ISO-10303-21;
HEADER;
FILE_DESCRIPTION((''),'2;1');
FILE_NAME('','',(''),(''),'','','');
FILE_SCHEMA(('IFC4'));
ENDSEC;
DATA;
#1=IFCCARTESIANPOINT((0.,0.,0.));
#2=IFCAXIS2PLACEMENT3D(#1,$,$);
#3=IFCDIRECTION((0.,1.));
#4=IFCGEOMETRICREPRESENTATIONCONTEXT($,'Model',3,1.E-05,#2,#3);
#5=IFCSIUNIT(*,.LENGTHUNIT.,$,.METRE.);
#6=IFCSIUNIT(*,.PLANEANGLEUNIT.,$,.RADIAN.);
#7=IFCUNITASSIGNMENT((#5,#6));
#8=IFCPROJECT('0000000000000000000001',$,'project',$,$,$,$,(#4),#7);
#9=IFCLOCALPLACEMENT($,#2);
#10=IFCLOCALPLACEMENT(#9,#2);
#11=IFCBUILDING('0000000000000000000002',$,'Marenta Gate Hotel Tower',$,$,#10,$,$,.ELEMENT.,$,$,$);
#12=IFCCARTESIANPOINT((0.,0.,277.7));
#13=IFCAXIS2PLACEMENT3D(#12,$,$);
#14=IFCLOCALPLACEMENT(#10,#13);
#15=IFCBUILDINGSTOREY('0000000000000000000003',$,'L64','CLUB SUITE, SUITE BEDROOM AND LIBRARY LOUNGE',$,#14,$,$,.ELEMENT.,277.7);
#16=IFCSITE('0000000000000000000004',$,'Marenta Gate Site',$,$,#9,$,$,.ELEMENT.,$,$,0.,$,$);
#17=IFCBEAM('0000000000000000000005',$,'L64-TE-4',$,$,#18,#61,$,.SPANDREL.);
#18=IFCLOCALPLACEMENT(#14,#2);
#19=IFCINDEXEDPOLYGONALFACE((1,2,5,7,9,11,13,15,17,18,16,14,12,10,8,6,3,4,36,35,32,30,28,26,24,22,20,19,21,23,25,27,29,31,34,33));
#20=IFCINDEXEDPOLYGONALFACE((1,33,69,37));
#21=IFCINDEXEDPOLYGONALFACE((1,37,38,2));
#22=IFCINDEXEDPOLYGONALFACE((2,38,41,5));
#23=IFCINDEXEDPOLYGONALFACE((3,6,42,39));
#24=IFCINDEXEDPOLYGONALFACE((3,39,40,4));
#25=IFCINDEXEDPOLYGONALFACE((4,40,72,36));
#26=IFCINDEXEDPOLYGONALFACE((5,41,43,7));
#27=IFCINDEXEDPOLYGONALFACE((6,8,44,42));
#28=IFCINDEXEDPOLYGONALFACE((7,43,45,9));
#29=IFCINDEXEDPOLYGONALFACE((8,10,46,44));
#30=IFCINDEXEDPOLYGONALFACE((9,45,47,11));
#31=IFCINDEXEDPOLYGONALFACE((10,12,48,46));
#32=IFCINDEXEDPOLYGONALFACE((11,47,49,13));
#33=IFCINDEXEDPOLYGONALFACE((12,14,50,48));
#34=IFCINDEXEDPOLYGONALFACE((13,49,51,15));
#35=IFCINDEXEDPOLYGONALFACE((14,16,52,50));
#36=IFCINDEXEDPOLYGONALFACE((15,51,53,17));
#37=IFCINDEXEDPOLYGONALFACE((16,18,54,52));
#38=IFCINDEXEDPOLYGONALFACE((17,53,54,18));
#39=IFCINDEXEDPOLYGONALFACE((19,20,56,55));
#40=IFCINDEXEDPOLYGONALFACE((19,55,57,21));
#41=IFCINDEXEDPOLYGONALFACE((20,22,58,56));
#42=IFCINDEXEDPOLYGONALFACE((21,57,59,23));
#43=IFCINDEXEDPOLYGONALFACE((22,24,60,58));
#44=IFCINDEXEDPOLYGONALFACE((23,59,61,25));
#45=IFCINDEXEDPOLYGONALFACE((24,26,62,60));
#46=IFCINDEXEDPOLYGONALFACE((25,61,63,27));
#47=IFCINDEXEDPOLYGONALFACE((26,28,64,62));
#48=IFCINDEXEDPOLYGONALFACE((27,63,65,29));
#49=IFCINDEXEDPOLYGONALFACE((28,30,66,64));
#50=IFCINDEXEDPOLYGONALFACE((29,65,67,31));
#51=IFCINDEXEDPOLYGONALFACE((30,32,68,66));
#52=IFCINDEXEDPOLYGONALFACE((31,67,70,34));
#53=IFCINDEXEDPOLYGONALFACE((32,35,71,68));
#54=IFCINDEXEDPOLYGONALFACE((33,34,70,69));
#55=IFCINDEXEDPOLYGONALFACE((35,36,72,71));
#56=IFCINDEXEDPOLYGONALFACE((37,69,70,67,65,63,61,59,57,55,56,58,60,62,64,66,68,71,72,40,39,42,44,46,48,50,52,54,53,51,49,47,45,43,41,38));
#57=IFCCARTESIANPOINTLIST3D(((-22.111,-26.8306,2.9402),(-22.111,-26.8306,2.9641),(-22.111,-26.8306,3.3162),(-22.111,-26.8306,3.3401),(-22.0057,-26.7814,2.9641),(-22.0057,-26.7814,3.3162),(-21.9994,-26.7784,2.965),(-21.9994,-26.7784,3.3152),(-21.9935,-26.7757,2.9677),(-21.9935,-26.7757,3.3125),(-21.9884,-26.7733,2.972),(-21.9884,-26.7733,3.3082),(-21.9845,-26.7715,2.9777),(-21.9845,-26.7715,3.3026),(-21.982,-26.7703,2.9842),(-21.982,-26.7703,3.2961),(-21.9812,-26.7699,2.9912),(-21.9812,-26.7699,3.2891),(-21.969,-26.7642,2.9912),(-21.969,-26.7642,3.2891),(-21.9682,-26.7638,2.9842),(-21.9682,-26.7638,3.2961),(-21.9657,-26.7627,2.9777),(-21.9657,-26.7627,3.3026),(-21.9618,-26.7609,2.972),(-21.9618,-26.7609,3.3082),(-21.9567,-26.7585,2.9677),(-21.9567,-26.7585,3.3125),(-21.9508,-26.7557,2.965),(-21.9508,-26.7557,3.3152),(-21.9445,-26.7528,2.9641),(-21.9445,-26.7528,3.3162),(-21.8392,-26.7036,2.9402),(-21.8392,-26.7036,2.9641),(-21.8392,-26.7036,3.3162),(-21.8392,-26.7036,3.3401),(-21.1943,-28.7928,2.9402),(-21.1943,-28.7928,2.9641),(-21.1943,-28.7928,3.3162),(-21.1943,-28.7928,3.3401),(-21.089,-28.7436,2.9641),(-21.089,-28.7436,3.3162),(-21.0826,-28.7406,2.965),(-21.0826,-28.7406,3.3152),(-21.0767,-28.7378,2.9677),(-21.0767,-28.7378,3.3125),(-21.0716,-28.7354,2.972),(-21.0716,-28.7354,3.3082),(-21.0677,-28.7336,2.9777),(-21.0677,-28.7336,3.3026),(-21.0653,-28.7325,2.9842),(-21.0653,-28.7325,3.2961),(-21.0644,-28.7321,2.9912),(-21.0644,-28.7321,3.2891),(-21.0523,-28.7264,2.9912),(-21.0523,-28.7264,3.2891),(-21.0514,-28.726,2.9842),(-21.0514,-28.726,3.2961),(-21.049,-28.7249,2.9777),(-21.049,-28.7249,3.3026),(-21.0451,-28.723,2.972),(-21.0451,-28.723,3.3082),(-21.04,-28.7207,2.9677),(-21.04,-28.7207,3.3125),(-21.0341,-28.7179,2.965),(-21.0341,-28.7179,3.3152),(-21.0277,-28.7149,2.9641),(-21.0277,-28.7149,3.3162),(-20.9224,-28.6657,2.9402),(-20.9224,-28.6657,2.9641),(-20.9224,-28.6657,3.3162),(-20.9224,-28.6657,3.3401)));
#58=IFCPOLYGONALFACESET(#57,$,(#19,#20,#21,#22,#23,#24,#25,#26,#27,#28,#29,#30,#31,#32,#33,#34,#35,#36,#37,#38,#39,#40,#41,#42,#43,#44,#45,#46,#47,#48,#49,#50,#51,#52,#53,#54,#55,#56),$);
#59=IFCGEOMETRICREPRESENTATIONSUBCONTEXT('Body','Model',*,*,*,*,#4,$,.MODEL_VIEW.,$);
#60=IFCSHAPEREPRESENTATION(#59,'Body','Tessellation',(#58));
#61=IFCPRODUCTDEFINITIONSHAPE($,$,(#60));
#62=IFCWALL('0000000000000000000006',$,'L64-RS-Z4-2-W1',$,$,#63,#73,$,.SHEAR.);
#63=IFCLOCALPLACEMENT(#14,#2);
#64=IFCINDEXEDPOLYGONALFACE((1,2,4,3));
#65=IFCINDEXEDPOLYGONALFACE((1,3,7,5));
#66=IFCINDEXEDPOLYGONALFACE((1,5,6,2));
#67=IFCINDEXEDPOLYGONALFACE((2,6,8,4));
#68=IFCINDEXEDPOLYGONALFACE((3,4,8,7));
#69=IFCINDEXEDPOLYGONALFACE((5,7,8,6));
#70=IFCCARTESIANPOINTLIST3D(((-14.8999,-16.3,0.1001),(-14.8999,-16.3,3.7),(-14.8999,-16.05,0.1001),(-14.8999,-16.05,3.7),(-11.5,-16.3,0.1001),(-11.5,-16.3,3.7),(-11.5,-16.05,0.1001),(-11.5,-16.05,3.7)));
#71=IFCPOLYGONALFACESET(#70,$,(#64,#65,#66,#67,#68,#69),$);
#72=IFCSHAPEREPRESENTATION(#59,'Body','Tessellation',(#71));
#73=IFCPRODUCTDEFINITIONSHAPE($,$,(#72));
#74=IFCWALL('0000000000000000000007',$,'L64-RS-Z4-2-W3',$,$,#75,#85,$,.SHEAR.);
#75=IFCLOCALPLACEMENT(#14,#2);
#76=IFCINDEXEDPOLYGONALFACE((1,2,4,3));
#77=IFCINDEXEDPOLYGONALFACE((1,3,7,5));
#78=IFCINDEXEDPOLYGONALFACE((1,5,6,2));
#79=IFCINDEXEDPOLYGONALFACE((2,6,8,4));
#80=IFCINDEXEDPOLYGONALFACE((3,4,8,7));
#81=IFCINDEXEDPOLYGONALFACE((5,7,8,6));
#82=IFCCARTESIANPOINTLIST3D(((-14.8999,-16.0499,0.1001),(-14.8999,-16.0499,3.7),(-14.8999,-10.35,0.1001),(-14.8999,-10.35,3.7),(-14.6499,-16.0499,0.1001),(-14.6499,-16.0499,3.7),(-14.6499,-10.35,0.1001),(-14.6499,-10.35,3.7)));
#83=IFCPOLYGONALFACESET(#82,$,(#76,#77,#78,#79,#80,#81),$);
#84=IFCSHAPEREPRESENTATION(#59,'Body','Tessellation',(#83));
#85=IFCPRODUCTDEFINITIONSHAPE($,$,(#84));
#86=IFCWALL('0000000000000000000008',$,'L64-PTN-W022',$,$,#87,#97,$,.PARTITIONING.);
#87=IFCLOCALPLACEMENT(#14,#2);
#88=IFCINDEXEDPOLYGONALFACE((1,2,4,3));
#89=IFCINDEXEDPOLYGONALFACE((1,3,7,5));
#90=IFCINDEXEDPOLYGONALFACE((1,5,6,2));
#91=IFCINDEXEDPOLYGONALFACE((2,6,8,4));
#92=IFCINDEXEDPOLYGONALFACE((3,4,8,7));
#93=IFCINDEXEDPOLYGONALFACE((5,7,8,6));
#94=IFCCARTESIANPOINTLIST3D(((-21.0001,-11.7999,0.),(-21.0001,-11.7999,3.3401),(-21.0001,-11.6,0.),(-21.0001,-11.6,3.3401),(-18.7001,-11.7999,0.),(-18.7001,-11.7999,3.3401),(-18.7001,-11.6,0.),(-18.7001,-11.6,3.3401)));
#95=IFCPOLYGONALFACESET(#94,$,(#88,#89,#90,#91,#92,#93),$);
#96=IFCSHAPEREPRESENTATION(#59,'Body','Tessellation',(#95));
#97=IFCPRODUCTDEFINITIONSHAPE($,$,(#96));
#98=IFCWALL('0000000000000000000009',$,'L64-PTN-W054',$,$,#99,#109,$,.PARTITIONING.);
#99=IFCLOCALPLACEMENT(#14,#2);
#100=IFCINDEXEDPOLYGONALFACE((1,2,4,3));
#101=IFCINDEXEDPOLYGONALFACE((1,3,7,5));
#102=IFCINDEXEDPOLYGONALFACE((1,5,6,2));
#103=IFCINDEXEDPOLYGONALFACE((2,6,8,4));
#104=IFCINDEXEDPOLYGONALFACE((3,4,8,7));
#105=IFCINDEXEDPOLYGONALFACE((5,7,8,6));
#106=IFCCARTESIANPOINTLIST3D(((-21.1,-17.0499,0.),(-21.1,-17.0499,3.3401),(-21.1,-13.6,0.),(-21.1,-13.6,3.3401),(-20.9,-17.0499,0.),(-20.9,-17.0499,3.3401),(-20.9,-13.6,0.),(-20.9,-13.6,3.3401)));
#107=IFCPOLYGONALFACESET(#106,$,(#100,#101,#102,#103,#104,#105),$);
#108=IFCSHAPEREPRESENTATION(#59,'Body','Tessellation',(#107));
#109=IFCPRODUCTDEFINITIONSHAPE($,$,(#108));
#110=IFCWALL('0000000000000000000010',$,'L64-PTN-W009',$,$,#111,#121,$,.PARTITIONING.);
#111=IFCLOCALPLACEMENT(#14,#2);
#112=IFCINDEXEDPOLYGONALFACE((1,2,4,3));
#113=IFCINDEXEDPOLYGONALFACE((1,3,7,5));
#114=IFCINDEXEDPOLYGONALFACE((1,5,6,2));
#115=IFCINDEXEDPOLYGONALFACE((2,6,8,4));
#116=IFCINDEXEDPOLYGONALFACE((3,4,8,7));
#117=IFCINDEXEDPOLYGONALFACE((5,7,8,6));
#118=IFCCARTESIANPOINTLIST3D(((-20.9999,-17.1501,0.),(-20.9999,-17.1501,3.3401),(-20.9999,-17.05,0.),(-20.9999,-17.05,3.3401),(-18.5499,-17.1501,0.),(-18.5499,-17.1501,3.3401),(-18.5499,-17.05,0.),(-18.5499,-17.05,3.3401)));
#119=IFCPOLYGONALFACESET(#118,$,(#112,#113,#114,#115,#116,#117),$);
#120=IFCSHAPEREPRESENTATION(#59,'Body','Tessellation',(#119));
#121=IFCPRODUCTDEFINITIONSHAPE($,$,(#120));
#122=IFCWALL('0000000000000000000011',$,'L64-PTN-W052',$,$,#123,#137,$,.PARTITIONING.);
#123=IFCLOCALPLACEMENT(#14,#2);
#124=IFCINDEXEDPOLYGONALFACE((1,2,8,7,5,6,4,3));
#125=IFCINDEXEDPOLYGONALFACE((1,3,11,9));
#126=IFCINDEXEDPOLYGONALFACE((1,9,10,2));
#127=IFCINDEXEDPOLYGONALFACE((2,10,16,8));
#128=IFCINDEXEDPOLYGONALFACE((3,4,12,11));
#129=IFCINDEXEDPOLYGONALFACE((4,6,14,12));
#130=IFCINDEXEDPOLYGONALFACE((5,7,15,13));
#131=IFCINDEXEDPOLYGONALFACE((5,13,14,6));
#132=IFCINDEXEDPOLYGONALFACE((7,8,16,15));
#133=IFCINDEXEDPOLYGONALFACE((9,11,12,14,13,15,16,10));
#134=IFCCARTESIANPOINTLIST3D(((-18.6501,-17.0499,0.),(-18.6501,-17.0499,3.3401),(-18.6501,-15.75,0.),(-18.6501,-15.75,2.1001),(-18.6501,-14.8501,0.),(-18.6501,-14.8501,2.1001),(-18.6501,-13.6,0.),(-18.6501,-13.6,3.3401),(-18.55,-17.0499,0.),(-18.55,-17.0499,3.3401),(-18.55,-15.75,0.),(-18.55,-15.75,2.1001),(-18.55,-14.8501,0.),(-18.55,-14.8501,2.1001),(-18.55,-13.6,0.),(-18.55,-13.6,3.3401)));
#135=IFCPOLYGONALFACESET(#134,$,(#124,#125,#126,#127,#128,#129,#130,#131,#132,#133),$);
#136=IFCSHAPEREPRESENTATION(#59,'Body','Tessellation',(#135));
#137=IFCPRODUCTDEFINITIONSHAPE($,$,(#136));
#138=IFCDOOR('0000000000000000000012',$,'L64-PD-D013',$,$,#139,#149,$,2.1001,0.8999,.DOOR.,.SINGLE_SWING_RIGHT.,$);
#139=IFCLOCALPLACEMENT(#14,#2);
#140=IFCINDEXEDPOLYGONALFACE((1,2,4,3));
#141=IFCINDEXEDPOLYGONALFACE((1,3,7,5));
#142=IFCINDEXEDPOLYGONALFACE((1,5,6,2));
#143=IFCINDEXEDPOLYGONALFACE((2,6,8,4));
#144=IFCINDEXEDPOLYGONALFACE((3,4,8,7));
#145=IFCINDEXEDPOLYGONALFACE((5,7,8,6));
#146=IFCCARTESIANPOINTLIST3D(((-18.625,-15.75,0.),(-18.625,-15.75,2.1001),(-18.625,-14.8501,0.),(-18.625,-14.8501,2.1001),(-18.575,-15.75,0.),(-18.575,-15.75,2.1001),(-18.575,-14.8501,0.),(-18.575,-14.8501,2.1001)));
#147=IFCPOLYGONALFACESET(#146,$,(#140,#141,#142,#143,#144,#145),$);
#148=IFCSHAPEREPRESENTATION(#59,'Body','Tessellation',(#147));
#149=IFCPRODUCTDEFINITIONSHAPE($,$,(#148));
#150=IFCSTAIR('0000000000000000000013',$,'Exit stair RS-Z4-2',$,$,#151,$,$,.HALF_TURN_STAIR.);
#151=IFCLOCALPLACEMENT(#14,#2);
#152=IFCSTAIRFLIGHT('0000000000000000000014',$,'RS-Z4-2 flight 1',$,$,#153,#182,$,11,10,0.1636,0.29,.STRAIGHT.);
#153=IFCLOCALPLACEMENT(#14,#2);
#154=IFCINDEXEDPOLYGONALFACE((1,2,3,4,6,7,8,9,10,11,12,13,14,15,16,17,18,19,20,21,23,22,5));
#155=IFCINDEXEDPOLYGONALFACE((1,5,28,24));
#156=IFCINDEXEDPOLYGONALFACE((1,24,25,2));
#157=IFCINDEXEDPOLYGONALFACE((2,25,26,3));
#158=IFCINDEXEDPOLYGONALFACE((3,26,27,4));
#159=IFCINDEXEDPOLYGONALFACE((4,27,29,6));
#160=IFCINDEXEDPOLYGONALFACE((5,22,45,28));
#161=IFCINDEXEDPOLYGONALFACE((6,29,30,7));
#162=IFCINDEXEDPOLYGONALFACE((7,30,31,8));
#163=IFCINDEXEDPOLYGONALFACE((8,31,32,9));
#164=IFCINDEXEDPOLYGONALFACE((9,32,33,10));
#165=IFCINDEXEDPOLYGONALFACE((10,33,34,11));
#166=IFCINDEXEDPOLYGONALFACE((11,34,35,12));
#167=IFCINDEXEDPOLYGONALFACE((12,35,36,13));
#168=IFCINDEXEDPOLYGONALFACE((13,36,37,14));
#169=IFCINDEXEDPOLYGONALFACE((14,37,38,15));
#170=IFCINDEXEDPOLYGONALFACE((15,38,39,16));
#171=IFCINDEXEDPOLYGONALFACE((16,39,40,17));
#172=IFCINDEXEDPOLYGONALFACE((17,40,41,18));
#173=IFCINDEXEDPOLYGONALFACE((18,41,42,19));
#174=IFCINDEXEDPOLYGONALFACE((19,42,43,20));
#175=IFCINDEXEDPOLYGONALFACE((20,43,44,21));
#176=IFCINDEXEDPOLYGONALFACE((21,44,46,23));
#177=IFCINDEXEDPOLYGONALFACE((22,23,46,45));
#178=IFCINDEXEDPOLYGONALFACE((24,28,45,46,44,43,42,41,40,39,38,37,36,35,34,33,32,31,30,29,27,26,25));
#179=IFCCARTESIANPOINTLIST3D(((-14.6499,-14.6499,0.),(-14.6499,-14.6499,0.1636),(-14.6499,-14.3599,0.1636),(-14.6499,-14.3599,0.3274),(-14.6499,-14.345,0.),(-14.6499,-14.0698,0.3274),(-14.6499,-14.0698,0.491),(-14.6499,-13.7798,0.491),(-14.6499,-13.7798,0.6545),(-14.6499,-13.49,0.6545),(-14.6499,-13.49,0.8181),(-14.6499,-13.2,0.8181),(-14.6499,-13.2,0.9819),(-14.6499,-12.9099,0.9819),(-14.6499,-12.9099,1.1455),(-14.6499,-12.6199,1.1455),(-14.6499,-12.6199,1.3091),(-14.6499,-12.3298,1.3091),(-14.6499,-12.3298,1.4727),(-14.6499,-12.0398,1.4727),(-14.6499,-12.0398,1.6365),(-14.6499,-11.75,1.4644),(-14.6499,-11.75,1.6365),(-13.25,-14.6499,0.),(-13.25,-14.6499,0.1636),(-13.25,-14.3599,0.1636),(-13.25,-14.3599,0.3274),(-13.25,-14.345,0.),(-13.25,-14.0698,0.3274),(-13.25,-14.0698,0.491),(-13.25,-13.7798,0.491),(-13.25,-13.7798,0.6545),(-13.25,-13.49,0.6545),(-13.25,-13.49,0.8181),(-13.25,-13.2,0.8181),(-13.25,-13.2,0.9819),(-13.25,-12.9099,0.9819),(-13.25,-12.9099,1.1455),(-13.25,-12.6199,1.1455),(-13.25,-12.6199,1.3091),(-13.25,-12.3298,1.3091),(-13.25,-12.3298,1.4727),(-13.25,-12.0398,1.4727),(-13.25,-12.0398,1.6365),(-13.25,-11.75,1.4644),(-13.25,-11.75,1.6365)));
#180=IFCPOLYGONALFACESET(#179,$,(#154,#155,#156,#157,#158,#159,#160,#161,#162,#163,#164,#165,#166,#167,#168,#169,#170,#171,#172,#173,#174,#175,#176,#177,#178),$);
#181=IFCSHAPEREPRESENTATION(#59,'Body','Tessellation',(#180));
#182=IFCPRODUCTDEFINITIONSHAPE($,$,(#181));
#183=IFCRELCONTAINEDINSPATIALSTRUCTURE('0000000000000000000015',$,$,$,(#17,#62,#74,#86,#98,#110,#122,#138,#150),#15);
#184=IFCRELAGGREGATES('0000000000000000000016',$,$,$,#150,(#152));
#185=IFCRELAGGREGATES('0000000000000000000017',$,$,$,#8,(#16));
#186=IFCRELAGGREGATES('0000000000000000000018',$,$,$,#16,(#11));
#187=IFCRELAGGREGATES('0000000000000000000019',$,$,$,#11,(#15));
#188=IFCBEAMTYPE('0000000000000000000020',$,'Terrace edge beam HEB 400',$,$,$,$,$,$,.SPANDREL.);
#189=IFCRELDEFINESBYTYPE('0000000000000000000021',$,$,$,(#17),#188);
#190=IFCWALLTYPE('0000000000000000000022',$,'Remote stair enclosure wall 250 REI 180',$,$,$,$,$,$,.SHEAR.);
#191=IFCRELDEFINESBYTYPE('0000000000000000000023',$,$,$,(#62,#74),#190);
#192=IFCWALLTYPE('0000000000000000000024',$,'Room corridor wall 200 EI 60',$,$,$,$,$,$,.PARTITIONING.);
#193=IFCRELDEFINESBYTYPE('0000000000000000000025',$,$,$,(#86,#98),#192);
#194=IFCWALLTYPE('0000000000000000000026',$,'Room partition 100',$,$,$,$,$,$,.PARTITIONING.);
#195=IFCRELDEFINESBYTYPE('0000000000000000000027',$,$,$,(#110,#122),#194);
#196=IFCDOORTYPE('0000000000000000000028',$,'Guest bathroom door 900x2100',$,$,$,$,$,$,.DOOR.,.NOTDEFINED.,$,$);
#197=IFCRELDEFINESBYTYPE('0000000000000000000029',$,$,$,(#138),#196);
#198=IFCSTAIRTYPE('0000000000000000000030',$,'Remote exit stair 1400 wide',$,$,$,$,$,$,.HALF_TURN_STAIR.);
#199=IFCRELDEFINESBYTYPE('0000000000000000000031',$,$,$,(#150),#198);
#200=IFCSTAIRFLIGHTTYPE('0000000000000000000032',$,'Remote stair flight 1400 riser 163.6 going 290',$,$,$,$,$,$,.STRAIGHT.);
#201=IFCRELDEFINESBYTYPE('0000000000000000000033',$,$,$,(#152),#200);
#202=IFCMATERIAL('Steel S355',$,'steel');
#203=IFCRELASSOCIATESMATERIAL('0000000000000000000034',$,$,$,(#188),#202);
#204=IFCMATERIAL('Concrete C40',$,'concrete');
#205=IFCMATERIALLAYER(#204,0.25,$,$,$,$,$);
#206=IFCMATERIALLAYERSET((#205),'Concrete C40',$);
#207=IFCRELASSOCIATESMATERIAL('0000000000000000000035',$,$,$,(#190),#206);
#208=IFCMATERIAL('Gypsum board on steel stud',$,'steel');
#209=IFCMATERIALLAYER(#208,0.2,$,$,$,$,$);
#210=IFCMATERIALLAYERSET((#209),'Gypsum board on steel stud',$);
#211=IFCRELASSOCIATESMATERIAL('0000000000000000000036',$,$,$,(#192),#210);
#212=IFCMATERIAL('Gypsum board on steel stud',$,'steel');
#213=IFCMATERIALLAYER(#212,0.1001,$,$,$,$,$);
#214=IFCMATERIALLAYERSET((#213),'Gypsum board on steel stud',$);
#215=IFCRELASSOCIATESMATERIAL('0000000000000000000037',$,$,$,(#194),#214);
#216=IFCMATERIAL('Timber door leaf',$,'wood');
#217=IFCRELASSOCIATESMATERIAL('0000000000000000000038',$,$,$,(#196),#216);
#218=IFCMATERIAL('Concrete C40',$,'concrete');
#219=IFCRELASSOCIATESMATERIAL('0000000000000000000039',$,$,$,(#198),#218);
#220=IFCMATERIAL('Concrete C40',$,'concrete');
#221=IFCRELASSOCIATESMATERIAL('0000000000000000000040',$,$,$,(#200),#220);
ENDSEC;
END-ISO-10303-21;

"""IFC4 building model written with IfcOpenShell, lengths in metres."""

from ifc_helpers import new_model, si_unit, direction, frame, frame_2d, origin, origin_2d, place, context, subcontext, project, spatial, polyline, rectangle, i_section, outline, extrude, material, layer, layer_set, material_profile, profile_set, type_object, element, fill, aggregate, save


model = new_model("IFC4")

# Units and contexts
model_context = context("Model", 3, precision=1e-05, world=origin(), true_north=direction((0.0, 1.0)))
body_context = subcontext(model_context, "Body", "Model", "MODEL_VIEW")
ifc_project = project(units=[si_unit("LENGTHUNIT", "METRE"), si_unit("PLANEANGLEUNIT", "RADIAN")], contexts=[model_context])

# Site, building, storey
site_placement = place(None, origin())
site = spatial("IfcSite", under=ifc_project, at=site_placement, Name="Marenta Gate Site", CompositionType="ELEMENT", RefElevation=0.0)
building_placement = place(site_placement, origin())
building = spatial("IfcBuilding", under=site, at=building_placement, Name="Marenta Gate Hotel Tower", CompositionType="ELEMENT")
storey_placement = place(building_placement, frame((0.0, 0.0, 277.7)))
storey = spatial("IfcBuildingStorey", under=building, at=storey_placement, Name="L64", Description="CLUB SUITE, SUITE BEDROOM AND LIBRARY LOUNGE", CompositionType="ELEMENT", Elevation=277.7)

# Beam
ifc_material_1 = material(Name="Steel S355", Category="steel")
ifc_material_profile_1 = material_profile(ifc_material_1, i_section(OverallWidth=0.3, OverallDepth=0.3999, WebThickness=0.0134, FlangeThickness=0.0239, FilletRadius=0.0271, at=origin_2d()), Name="HEB 400")
ifc_profile_set_1 = profile_set([ifc_material_profile_1], Name="Steel S355")
beam_type_1 = type_object("IfcBeamType", Name="Terrace edge beam HEB 400", PredefinedType="SPANDREL", material=ifc_profile_set_1)
beam_placement = place(storey_placement, frame((-21.0583, -28.7292, 3.1401), z_axis=(-0.423293, 0.905993, 0.0), x_axis=(-0.905993, -0.423293, 0.0)))
element("IfcBeam", 1, at=beam_placement, inside=storey, type_object=beam_type_1, Name="L64-TE-4", PredefinedType="SPANDREL", context=body_context, shape_type="SweptSolid", body=[
    extrude(i_section(OverallWidth=0.3, OverallDepth=0.3999, WebThickness=0.0134, FlangeThickness=0.0239, FilletRadius=0.0271, at=origin_2d()), origin(), (0.0, 0.0, 1.0), 2.1658),
])

# Walls
ifc_material_2 = material(Name="Concrete C40", Category="concrete")
ifc_layer_1 = layer(ifc_material_2, 0.25)
ifc_layer_set_1 = layer_set([ifc_layer_1], Name="Concrete C40")
wall_type_1 = type_object("IfcWallType", Name="Remote stair enclosure wall 250 REI 180", PredefinedType="SHEAR", material=ifc_layer_set_1)
wall_1_placement = place(storey_placement, frame((-14.8999, -16.175, 0.1001), z_axis=(0.0, 0.0, 1.0), x_axis=(1.0, 0.0, 0.0)))
element("IfcWall", 2, at=wall_1_placement, inside=storey, type_object=wall_type_1, Name="L64-RS-Z4-2-W1", PredefinedType="SHEAR", context=body_context, shape_type="SweptSolid", body=[
    extrude(rectangle(XDim=3.3999, YDim=0.25, at=frame_2d((1.7, 0.0))), origin(), (0.0, 0.0, 1.0), 3.5999),
])
wall_2_placement = place(storey_placement, frame((-14.7749, -16.05, 0.1001), z_axis=(0.0, 0.0, 1.0), x_axis=(0.0, 1.0, 0.0)))
element("IfcWall", 3, at=wall_2_placement, inside=storey, type_object=wall_type_1, Name="L64-RS-Z4-2-W3", PredefinedType="SHEAR", context=body_context, shape_type="SweptSolid", body=[
    extrude(rectangle(XDim=5.7, YDim=0.25, at=frame_2d((2.8501, 0.0))), origin(), (0.0, 0.0, 1.0), 3.5999),
])

# Shared definitions
ifc_material_3 = material(Name="Gypsum board on steel stud", Category="steel")
ifc_layer_2 = layer(ifc_material_3, 0.2)
ifc_layer_set_2 = layer_set([ifc_layer_2], Name="Gypsum board on steel stud")
wall_type_2 = type_object("IfcWallType", Name="Room corridor wall 200 EI 60", PredefinedType="PARTITIONING", material=ifc_layer_set_2)

# Wall
wall_3_placement = place(storey_placement, frame((-21.0, -11.7, 0.0), z_axis=(0.0, 0.0, 1.0), x_axis=(1.0, 0.0, 0.0)))
element("IfcWall", 4, at=wall_3_placement, inside=storey, type_object=wall_type_2, Name="L64-PTN-W022", PredefinedType="PARTITIONING", context=body_context, shape_type="SweptSolid", body=[
    extrude(rectangle(XDim=2.3, YDim=0.2, at=frame_2d((1.1499, 0.0))), origin(), (0.0, 0.0, 1.0), 3.3401),
])

# Walls
wall_4_placement = place(storey_placement, frame((-21.0, -17.05, 0.0), z_axis=(0.0, 0.0, 1.0), x_axis=(0.0, 1.0, 0.0)))
element("IfcWall", 5, at=wall_4_placement, inside=storey, type_object=wall_type_2, Name="L64-PTN-W054", PredefinedType="PARTITIONING", context=body_context, shape_type="SweptSolid", body=[
    extrude(rectangle(XDim=3.45, YDim=0.2, at=frame_2d((1.7251, 0.0))), origin(), (0.0, 0.0, 1.0), 3.3401),
])
ifc_material_4 = material(Name="Gypsum board on steel stud", Category="steel")
ifc_layer_3 = layer(ifc_material_4, 0.1001)
ifc_layer_set_3 = layer_set([ifc_layer_3], Name="Gypsum board on steel stud")
wall_type_3 = type_object("IfcWallType", Name="Room partition 100", PredefinedType="PARTITIONING", material=ifc_layer_set_3)
wall_5_placement = place(storey_placement, frame((-21.0, -17.1001, 0.0), z_axis=(0.0, 0.0, 1.0), x_axis=(1.0, 0.0, 0.0)))
element("IfcWall", 6, at=wall_5_placement, inside=storey, type_object=wall_type_3, Name="L64-PTN-W009", PredefinedType="PARTITIONING", context=body_context, shape_type="SweptSolid", body=[
    extrude(rectangle(XDim=2.45, YDim=0.1001, at=frame_2d((1.2251, 0.0))), origin(), (0.0, 0.0, 1.0), 3.3401),
])

# Wall, opening, door
wall_6_placement = place(storey_placement, frame((-18.6001, -17.05, 0.0), z_axis=(0.0, 0.0, 1.0), x_axis=(0.0, 1.0, 0.0)))
wall_6 = element("IfcWall", 7, at=wall_6_placement, inside=storey, type_object=wall_type_3, Name="L64-PTN-W052", PredefinedType="PARTITIONING", context=body_context, shape_type="SweptSolid", body=[
    extrude(rectangle(XDim=3.45, YDim=0.1001, at=frame_2d((1.7251, 0.0))), origin(), (0.0, 0.0, 1.0), 3.3401),
])
opening_1_placement = place(wall_6_placement, frame((1.3, 0.0, 0.0)))
opening_1 = element("IfcOpeningElement", 8, at=opening_1_placement, cuts=wall_6, PredefinedType="OPENING", context=body_context, shape_type="SweptSolid", body=[
    extrude(rectangle(XDim=0.8999, YDim=2.1001, at=frame_2d((0.45, 1.05))), frame((0.0, 0.05, 0.0), z_axis=(0.0, -1.0, 0.0), x_axis=(1.0, 0.0, 0.0)), (0.0, 0.0, 1.0), 0.1001),
])
ifc_material_5 = material(Name="Timber door leaf", Category="wood")
door_type_1 = type_object("IfcDoorType", Name="Guest bathroom door 900x2100", OperationType="NOTDEFINED", PredefinedType="DOOR", material=ifc_material_5)
door_1_placement = place(opening_1_placement, origin())
door_1 = element("IfcDoor", 9, at=door_1_placement, inside=storey, type_object=door_type_1, Name="L64-PD-D013", OperationType="SINGLE_SWING_RIGHT", OverallHeight=2.1001, OverallWidth=0.8999, PredefinedType="DOOR", context=body_context, shape_type="SweptSolid", body=[
    extrude(rectangle(XDim=0.8999, YDim=2.1001, at=frame_2d((0.45, 1.05))), frame((0.0, 0.0249, 0.0), z_axis=(0.0, -1.0, 0.0), x_axis=(1.0, 0.0, 0.0)), (0.0, 0.0, 1.0), 0.05),
])
fill(opening_1, door_1)

# Stair, stair flight
ifc_material_6 = material(Name="Concrete C40", Category="concrete")
stair_type = type_object("IfcStairType", Name="Remote exit stair 1400 wide", PredefinedType="HALF_TURN_STAIR", material=ifc_material_6)
stair_placement = place(storey_placement, origin())
stair = element("IfcStair", 10, at=stair_placement, inside=storey, type_object=stair_type, Name="Exit stair RS-Z4-2", PredefinedType="HALF_TURN_STAIR")
ifc_material_7 = material(Name="Concrete C40", Category="concrete")
stair_flight_type = type_object("IfcStairFlightType", Name="Remote stair flight 1400 riser 163.6 going 290", PredefinedType="STRAIGHT", material=ifc_material_7)
stair_flight_placement = place(storey_placement, frame((-13.95, -14.6499, 0.0), z_axis=(0.0, 0.0, 1.0), x_axis=(0.0, 1.0, 0.0)))
stair_flight = element("IfcStairFlight", 11, at=stair_flight_placement, type_object=stair_flight_type, Name="RS-Z4-2 flight 1", NumberOfRisers=11, NumberOfTreads=10, PredefinedType="STRAIGHT", RiserHeight=0.1636, TreadLength=0.29, context=body_context, shape_type="SweptSolid", body=[
    extrude(outline(polyline([(0.0, 0.0), (0.0, 0.1636), (0.29, 0.1636), (0.29, 0.3274), (0.5801, 0.3274), (0.5801, 0.491), (0.8701, 0.491), (0.8701, 0.6545), (1.1599, 0.6545), (1.1599, 0.8181), (1.45, 0.8181), (1.45, 0.9819), (1.74, 0.9819), (1.74, 1.1455), (2.03, 1.1455), (2.03, 1.3091), (2.3201, 1.3091), (2.3201, 1.4727), (2.6101, 1.4727), (2.6101, 1.6365), (2.8999, 1.6365), (2.8999, 1.8), (2.8999, 1.4644), (0.3049, 0.0), (0.0, 0.0)])), frame((0.0, 0.7, 0.0), z_axis=(0.0, -1.0, 0.0), x_axis=(1.0, 0.0, 0.0)), (0.0, 0.0, 1.0), 1.3999),
])
aggregate(stair, [stair_flight])

save(model, "model.ifc")
